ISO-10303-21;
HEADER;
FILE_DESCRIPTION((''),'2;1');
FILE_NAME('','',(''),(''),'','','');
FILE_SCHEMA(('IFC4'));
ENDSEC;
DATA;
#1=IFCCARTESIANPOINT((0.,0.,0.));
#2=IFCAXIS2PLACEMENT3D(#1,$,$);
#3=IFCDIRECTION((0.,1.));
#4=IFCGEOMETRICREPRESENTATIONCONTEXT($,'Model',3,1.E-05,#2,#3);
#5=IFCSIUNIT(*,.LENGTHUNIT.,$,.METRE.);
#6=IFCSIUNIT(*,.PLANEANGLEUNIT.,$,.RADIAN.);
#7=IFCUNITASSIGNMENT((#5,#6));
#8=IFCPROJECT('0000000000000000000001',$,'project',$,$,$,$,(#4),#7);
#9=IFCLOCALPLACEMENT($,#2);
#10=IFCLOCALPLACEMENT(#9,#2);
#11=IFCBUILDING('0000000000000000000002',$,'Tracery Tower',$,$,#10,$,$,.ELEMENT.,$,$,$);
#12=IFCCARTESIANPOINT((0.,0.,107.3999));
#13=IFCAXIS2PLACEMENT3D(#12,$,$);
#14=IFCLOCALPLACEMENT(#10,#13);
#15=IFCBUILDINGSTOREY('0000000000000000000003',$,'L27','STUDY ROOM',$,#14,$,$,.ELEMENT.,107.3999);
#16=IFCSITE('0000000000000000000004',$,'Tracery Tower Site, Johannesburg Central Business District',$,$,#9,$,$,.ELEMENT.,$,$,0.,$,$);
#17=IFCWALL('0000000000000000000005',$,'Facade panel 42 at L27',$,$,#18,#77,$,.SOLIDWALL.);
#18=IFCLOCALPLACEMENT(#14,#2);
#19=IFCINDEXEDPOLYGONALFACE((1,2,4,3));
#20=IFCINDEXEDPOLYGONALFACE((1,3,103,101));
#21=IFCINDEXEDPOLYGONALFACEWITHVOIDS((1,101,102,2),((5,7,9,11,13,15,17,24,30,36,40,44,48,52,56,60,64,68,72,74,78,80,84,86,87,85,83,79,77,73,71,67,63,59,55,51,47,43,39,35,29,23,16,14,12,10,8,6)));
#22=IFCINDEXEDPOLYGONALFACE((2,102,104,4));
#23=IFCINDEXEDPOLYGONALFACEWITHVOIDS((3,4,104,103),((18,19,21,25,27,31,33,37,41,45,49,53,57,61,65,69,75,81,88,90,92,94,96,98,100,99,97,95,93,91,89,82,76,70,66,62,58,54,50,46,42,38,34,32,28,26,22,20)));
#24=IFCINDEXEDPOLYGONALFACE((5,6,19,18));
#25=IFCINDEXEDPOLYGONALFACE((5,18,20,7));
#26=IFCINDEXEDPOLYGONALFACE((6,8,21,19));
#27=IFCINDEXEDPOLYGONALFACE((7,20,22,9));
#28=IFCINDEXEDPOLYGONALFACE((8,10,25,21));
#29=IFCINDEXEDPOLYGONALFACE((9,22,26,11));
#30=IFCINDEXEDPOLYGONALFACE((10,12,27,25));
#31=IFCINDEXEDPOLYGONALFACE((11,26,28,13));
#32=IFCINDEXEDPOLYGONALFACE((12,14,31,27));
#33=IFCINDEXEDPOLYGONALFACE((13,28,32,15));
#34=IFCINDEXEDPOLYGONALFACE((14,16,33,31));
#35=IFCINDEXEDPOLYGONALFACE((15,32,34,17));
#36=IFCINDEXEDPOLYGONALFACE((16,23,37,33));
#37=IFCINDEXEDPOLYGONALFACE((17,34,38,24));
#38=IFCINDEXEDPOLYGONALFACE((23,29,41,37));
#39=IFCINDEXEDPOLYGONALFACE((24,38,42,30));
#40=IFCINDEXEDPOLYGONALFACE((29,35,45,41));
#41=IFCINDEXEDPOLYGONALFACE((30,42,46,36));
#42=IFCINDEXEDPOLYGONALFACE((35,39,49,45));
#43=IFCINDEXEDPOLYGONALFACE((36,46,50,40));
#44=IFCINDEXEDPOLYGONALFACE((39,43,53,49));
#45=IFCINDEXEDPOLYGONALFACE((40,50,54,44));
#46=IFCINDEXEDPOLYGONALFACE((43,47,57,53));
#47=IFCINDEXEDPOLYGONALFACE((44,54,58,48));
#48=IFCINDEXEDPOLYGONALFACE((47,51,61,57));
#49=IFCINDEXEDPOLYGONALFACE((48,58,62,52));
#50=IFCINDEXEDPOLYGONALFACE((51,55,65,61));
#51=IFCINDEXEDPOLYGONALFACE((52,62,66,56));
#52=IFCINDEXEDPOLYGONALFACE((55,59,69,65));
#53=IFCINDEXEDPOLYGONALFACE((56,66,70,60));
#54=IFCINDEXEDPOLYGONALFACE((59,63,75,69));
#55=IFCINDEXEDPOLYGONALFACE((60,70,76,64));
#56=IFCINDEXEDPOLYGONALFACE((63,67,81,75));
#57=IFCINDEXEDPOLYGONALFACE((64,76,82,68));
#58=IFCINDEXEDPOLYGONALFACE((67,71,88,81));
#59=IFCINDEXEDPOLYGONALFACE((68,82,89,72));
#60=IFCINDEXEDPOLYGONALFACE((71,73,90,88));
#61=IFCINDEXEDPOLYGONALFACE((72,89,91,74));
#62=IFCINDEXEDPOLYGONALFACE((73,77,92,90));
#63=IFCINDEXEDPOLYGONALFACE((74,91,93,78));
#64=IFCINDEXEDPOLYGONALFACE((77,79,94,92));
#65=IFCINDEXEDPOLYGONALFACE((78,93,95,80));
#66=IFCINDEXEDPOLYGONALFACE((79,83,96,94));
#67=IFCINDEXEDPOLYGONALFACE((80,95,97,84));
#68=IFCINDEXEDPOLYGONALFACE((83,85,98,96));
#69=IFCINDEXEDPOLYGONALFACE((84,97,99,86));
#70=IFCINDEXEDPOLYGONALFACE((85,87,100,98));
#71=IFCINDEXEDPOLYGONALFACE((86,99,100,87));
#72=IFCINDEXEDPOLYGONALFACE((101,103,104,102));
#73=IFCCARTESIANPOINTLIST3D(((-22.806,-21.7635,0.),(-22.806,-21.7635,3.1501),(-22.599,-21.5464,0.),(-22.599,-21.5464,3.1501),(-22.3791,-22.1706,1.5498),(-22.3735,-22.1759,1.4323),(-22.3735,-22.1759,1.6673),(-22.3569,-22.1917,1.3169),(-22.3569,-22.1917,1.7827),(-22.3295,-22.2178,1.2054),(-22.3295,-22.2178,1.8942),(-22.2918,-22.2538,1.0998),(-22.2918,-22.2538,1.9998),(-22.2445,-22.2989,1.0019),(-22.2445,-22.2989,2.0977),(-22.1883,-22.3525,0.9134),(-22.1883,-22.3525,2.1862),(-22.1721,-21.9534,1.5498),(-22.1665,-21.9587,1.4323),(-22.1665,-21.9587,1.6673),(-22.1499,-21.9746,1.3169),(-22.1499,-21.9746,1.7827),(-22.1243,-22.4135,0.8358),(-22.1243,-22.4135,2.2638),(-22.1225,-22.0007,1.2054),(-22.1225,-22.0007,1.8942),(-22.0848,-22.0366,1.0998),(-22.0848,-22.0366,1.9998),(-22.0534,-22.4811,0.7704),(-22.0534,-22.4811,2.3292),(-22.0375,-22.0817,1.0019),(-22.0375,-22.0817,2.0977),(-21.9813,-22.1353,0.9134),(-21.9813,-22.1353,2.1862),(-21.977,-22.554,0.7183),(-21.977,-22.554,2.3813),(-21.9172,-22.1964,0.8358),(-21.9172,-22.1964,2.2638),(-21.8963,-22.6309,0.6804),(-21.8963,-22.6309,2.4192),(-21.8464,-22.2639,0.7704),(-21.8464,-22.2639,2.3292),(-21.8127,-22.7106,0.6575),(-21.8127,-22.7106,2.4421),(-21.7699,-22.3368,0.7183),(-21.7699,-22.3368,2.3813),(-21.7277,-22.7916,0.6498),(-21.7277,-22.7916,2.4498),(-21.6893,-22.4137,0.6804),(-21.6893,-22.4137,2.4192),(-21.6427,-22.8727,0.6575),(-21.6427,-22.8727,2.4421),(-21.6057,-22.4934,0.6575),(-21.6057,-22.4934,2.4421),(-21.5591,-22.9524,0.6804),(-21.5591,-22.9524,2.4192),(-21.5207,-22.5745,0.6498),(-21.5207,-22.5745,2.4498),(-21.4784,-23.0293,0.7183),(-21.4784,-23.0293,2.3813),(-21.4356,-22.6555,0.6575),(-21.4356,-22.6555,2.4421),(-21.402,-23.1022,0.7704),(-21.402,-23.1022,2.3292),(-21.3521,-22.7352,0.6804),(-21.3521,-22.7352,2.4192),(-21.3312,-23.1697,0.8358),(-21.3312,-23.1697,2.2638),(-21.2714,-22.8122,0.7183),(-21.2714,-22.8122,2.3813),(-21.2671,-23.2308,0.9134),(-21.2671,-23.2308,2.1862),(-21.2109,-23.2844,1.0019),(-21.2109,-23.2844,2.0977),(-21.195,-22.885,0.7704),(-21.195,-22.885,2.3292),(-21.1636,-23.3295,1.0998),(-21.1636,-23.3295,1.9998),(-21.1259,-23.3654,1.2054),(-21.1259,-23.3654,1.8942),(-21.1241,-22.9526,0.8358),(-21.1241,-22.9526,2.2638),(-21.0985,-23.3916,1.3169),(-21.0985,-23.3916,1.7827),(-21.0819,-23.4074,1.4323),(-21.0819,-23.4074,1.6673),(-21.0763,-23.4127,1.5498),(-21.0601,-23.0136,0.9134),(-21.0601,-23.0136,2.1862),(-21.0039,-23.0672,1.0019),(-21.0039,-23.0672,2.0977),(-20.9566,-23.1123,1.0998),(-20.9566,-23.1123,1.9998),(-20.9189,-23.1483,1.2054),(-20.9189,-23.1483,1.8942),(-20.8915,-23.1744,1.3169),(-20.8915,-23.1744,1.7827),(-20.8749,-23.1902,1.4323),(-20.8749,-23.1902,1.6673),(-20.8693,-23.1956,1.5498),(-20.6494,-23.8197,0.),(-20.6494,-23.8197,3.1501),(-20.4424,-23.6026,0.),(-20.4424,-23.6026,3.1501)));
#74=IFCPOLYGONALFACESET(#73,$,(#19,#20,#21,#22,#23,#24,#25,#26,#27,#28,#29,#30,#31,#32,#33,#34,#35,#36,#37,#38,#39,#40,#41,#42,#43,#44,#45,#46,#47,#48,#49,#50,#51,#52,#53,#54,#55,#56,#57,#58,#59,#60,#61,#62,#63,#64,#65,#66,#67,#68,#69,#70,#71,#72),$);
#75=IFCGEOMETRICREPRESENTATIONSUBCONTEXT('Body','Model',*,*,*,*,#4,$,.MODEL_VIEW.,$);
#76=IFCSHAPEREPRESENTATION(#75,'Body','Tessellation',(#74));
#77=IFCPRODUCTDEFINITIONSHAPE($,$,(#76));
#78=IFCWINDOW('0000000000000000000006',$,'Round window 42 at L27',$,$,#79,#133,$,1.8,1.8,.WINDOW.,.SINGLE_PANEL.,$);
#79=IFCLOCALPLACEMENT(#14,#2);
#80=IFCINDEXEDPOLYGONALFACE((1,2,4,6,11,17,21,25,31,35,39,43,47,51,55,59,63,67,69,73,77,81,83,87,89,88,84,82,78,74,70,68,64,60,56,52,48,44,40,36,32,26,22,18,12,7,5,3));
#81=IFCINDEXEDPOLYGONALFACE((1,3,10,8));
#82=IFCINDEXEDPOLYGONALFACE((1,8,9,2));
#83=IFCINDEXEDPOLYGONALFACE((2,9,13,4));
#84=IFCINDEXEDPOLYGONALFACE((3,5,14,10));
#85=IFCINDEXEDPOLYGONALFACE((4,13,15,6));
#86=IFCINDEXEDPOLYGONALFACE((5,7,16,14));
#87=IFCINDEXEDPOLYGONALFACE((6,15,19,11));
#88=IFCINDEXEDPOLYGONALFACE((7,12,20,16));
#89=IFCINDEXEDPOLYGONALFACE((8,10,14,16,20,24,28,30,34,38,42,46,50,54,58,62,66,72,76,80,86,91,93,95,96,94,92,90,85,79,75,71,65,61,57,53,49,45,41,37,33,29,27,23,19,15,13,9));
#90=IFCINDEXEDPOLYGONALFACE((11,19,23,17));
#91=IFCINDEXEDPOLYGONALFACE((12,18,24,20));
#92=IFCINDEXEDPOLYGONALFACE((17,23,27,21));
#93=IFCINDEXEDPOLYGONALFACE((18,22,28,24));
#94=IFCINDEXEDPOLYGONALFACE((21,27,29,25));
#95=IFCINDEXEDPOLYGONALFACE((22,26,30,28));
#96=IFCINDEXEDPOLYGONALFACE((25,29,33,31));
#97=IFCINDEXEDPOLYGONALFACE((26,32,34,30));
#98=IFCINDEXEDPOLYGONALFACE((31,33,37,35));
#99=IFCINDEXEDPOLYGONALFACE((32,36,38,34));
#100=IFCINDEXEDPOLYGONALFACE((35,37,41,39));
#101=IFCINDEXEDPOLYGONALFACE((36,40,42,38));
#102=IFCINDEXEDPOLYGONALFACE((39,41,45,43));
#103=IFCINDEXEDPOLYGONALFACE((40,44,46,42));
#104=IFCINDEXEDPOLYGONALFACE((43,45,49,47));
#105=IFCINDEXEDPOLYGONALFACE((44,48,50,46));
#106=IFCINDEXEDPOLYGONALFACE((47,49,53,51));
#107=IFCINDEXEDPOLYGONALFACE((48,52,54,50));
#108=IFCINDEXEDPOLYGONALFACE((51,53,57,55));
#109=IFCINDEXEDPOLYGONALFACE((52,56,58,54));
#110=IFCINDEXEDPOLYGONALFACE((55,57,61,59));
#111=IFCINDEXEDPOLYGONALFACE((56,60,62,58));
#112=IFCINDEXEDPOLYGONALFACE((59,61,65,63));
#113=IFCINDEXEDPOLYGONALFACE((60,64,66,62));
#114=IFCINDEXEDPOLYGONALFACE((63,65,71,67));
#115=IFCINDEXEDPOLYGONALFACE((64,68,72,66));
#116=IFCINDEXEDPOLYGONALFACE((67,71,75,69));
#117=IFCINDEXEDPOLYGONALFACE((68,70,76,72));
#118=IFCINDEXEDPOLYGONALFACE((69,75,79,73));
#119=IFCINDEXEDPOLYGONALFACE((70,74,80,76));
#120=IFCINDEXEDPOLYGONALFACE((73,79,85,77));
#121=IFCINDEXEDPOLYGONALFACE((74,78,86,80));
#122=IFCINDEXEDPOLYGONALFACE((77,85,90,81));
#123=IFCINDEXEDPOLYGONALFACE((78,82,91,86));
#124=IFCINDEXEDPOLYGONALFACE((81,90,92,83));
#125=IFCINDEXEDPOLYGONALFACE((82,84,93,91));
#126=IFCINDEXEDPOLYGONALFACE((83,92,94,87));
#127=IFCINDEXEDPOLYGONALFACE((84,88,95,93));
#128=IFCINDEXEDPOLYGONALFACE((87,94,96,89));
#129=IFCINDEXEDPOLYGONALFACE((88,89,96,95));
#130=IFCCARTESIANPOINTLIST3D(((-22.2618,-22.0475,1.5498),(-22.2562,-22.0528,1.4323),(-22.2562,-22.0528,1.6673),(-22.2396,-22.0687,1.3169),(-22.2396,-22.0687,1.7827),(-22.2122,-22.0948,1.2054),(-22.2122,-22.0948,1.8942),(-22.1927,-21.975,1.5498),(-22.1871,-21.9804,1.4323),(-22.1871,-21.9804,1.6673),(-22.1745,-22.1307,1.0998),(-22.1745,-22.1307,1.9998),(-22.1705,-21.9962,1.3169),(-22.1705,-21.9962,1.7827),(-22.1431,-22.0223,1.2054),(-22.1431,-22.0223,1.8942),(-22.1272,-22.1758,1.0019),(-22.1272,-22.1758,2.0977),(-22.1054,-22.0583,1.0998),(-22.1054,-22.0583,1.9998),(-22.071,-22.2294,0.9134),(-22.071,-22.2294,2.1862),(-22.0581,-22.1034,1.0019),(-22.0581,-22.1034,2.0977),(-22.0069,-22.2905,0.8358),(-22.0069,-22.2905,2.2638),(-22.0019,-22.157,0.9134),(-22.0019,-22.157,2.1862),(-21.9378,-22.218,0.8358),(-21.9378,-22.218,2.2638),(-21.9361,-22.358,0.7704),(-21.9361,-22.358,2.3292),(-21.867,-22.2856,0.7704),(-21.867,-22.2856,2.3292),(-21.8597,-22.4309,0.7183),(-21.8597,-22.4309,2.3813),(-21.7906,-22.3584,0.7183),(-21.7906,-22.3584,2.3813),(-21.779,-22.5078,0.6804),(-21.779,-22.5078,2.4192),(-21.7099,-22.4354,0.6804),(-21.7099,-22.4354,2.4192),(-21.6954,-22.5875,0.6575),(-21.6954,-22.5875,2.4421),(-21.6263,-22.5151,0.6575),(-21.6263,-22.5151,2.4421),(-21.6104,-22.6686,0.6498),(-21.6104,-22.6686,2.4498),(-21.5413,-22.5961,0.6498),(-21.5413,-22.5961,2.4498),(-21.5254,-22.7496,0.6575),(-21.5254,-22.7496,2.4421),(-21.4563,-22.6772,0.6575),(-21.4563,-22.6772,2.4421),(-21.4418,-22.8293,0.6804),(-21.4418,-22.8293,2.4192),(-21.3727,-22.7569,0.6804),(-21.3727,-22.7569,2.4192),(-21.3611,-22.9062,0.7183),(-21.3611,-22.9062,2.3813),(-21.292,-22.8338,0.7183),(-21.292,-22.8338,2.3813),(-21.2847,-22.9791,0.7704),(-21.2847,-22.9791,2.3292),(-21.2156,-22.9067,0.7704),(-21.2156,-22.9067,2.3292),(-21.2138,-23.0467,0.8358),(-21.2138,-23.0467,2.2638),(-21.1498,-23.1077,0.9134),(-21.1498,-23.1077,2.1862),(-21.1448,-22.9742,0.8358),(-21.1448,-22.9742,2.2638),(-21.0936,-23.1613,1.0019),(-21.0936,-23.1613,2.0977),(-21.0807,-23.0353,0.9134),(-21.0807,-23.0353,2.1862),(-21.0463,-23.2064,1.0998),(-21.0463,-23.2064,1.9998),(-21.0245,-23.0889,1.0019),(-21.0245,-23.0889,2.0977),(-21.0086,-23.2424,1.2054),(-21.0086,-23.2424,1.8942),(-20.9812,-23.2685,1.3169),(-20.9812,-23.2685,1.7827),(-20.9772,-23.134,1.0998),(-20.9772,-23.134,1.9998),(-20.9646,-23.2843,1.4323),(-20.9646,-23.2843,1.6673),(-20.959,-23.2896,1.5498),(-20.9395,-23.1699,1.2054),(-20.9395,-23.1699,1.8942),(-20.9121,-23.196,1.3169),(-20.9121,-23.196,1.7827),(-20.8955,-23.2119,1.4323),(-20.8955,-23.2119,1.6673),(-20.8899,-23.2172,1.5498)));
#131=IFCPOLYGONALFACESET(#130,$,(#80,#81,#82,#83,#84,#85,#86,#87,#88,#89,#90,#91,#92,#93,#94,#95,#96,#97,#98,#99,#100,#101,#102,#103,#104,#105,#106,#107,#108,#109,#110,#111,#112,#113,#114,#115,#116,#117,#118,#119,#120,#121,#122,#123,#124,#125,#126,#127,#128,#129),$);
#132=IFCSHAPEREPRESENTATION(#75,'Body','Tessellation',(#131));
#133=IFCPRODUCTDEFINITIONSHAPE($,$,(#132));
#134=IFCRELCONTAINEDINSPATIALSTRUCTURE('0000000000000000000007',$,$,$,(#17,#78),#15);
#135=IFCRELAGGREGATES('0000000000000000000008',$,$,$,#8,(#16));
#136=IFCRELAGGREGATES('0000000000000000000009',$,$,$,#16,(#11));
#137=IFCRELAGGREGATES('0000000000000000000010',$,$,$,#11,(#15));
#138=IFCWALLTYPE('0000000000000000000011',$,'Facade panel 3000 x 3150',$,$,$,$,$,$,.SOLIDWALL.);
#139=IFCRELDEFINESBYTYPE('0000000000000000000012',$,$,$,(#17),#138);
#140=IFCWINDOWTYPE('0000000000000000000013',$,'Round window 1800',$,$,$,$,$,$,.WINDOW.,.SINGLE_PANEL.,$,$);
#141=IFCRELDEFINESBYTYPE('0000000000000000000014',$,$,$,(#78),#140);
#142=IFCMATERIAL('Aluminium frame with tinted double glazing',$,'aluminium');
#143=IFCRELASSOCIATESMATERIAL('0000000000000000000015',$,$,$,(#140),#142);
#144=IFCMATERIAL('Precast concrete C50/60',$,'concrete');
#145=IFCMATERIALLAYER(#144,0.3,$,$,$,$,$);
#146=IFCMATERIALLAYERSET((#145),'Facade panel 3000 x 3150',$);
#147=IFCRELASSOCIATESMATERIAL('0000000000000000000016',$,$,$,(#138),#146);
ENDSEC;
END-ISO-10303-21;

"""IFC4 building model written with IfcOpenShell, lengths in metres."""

from ifc_helpers import new_model, si_unit, direction, frame, frame_2d, origin, origin_2d, place, context, subcontext, project, spatial, rectangle, circle, extrude, material, layer, layer_set, type_object, element, fill, save


model = new_model("IFC4")

# Units and contexts
model_context = context("Model", 3, precision=1e-05, world=origin(), true_north=direction((0.0, 1.0)))
body_context = subcontext(model_context, "Body", "Model", "MODEL_VIEW")
ifc_project = project(units=[si_unit("LENGTHUNIT", "METRE"), si_unit("PLANEANGLEUNIT", "RADIAN")], contexts=[model_context])

# Site, building, storey
site_placement = place(None, origin())
site = spatial("IfcSite", under=ifc_project, at=site_placement, Name="Tracery Tower Site, Johannesburg Central Business District", CompositionType="ELEMENT", RefElevation=0.0)
building_placement = place(site_placement, origin())
building = spatial("IfcBuilding", under=site, at=building_placement, Name="Tracery Tower", CompositionType="ELEMENT")
storey_placement = place(building_placement, frame((0.0, 0.0, 107.3999)))
storey = spatial("IfcBuildingStorey", under=building, at=storey_placement, Name="L27", Description="STUDY ROOM", CompositionType="ELEMENT", Elevation=107.3999)

# Wall, opening, window
ifc_material_1 = material(Name="Aluminium frame with tinted double glazing", Category="aluminium")
window_type = type_object("IfcWindowType", Name="Round window 1800", PartitioningType="SINGLE_PANEL", PredefinedType="WINDOW", material=ifc_material_1)
ifc_material_2 = material(Name="Precast concrete C50/60", Category="concrete")
ifc_layer_1 = layer(ifc_material_2, 0.3)
ifc_layer_set_1 = layer_set([ifc_layer_1], Name="Facade panel 3000 x 3150")
wall_type_1 = type_object("IfcWallType", Name="Facade panel 3000 x 3150", PredefinedType="SOLIDWALL", material=ifc_layer_set_1)
wall_1_placement = place(storey_placement, frame((-22.7024, -21.655, 0.0), z_axis=(0.0, 0.0, 1.0), x_axis=(0.723744, -0.690068, 0.0)))
wall_1 = element("IfcWall", 1, at=wall_1_placement, inside=storey, type_object=wall_type_1, Name="Facade panel 42 at L27", PredefinedType="SOLIDWALL", context=body_context, shape_type="SweptSolid", body=[
    extrude(rectangle(XDim=2.9797, YDim=0.3, at=frame_2d((1.4897, 0.0))), origin(), (0.0, 0.0, 1.0), 3.1501),
])
opening_1_placement = place(wall_1_placement, frame((1.4897, 0.0, 1.5498)))
opening_1 = element("IfcOpeningElement", 2, at=opening_1_placement, cuts=wall_1, PredefinedType="OPENING", context=body_context, shape_type="SweptSolid", body=[
    extrude(circle(Radius=0.9, at=origin_2d()), frame((0.0, 0.1599, 0.0), z_axis=(0.0, -1.0, 0.0), x_axis=(1.0, 0.0, 0.0)), (0.0, 0.0, 1.0), 0.3201),
])
window_1_placement = place(opening_1_placement, origin())
window_1 = element("IfcWindow", 3, at=window_1_placement, inside=storey, type_object=window_type, Name="Round window 42 at L27", OverallHeight=1.8, OverallWidth=1.8, PartitioningType="SINGLE_PANEL", PredefinedType="WINDOW", context=body_context, shape_type="SweptSolid", body=[
    extrude(circle(Radius=0.9, at=origin_2d()), frame((0.0, 0.1201, 0.0), z_axis=(0.0, -1.0, 0.0), x_axis=(1.0, 0.0, 0.0)), (0.0, 0.0, 1.0), 0.1001),
])
fill(opening_1, window_1)

save(model, "model.ifc")
